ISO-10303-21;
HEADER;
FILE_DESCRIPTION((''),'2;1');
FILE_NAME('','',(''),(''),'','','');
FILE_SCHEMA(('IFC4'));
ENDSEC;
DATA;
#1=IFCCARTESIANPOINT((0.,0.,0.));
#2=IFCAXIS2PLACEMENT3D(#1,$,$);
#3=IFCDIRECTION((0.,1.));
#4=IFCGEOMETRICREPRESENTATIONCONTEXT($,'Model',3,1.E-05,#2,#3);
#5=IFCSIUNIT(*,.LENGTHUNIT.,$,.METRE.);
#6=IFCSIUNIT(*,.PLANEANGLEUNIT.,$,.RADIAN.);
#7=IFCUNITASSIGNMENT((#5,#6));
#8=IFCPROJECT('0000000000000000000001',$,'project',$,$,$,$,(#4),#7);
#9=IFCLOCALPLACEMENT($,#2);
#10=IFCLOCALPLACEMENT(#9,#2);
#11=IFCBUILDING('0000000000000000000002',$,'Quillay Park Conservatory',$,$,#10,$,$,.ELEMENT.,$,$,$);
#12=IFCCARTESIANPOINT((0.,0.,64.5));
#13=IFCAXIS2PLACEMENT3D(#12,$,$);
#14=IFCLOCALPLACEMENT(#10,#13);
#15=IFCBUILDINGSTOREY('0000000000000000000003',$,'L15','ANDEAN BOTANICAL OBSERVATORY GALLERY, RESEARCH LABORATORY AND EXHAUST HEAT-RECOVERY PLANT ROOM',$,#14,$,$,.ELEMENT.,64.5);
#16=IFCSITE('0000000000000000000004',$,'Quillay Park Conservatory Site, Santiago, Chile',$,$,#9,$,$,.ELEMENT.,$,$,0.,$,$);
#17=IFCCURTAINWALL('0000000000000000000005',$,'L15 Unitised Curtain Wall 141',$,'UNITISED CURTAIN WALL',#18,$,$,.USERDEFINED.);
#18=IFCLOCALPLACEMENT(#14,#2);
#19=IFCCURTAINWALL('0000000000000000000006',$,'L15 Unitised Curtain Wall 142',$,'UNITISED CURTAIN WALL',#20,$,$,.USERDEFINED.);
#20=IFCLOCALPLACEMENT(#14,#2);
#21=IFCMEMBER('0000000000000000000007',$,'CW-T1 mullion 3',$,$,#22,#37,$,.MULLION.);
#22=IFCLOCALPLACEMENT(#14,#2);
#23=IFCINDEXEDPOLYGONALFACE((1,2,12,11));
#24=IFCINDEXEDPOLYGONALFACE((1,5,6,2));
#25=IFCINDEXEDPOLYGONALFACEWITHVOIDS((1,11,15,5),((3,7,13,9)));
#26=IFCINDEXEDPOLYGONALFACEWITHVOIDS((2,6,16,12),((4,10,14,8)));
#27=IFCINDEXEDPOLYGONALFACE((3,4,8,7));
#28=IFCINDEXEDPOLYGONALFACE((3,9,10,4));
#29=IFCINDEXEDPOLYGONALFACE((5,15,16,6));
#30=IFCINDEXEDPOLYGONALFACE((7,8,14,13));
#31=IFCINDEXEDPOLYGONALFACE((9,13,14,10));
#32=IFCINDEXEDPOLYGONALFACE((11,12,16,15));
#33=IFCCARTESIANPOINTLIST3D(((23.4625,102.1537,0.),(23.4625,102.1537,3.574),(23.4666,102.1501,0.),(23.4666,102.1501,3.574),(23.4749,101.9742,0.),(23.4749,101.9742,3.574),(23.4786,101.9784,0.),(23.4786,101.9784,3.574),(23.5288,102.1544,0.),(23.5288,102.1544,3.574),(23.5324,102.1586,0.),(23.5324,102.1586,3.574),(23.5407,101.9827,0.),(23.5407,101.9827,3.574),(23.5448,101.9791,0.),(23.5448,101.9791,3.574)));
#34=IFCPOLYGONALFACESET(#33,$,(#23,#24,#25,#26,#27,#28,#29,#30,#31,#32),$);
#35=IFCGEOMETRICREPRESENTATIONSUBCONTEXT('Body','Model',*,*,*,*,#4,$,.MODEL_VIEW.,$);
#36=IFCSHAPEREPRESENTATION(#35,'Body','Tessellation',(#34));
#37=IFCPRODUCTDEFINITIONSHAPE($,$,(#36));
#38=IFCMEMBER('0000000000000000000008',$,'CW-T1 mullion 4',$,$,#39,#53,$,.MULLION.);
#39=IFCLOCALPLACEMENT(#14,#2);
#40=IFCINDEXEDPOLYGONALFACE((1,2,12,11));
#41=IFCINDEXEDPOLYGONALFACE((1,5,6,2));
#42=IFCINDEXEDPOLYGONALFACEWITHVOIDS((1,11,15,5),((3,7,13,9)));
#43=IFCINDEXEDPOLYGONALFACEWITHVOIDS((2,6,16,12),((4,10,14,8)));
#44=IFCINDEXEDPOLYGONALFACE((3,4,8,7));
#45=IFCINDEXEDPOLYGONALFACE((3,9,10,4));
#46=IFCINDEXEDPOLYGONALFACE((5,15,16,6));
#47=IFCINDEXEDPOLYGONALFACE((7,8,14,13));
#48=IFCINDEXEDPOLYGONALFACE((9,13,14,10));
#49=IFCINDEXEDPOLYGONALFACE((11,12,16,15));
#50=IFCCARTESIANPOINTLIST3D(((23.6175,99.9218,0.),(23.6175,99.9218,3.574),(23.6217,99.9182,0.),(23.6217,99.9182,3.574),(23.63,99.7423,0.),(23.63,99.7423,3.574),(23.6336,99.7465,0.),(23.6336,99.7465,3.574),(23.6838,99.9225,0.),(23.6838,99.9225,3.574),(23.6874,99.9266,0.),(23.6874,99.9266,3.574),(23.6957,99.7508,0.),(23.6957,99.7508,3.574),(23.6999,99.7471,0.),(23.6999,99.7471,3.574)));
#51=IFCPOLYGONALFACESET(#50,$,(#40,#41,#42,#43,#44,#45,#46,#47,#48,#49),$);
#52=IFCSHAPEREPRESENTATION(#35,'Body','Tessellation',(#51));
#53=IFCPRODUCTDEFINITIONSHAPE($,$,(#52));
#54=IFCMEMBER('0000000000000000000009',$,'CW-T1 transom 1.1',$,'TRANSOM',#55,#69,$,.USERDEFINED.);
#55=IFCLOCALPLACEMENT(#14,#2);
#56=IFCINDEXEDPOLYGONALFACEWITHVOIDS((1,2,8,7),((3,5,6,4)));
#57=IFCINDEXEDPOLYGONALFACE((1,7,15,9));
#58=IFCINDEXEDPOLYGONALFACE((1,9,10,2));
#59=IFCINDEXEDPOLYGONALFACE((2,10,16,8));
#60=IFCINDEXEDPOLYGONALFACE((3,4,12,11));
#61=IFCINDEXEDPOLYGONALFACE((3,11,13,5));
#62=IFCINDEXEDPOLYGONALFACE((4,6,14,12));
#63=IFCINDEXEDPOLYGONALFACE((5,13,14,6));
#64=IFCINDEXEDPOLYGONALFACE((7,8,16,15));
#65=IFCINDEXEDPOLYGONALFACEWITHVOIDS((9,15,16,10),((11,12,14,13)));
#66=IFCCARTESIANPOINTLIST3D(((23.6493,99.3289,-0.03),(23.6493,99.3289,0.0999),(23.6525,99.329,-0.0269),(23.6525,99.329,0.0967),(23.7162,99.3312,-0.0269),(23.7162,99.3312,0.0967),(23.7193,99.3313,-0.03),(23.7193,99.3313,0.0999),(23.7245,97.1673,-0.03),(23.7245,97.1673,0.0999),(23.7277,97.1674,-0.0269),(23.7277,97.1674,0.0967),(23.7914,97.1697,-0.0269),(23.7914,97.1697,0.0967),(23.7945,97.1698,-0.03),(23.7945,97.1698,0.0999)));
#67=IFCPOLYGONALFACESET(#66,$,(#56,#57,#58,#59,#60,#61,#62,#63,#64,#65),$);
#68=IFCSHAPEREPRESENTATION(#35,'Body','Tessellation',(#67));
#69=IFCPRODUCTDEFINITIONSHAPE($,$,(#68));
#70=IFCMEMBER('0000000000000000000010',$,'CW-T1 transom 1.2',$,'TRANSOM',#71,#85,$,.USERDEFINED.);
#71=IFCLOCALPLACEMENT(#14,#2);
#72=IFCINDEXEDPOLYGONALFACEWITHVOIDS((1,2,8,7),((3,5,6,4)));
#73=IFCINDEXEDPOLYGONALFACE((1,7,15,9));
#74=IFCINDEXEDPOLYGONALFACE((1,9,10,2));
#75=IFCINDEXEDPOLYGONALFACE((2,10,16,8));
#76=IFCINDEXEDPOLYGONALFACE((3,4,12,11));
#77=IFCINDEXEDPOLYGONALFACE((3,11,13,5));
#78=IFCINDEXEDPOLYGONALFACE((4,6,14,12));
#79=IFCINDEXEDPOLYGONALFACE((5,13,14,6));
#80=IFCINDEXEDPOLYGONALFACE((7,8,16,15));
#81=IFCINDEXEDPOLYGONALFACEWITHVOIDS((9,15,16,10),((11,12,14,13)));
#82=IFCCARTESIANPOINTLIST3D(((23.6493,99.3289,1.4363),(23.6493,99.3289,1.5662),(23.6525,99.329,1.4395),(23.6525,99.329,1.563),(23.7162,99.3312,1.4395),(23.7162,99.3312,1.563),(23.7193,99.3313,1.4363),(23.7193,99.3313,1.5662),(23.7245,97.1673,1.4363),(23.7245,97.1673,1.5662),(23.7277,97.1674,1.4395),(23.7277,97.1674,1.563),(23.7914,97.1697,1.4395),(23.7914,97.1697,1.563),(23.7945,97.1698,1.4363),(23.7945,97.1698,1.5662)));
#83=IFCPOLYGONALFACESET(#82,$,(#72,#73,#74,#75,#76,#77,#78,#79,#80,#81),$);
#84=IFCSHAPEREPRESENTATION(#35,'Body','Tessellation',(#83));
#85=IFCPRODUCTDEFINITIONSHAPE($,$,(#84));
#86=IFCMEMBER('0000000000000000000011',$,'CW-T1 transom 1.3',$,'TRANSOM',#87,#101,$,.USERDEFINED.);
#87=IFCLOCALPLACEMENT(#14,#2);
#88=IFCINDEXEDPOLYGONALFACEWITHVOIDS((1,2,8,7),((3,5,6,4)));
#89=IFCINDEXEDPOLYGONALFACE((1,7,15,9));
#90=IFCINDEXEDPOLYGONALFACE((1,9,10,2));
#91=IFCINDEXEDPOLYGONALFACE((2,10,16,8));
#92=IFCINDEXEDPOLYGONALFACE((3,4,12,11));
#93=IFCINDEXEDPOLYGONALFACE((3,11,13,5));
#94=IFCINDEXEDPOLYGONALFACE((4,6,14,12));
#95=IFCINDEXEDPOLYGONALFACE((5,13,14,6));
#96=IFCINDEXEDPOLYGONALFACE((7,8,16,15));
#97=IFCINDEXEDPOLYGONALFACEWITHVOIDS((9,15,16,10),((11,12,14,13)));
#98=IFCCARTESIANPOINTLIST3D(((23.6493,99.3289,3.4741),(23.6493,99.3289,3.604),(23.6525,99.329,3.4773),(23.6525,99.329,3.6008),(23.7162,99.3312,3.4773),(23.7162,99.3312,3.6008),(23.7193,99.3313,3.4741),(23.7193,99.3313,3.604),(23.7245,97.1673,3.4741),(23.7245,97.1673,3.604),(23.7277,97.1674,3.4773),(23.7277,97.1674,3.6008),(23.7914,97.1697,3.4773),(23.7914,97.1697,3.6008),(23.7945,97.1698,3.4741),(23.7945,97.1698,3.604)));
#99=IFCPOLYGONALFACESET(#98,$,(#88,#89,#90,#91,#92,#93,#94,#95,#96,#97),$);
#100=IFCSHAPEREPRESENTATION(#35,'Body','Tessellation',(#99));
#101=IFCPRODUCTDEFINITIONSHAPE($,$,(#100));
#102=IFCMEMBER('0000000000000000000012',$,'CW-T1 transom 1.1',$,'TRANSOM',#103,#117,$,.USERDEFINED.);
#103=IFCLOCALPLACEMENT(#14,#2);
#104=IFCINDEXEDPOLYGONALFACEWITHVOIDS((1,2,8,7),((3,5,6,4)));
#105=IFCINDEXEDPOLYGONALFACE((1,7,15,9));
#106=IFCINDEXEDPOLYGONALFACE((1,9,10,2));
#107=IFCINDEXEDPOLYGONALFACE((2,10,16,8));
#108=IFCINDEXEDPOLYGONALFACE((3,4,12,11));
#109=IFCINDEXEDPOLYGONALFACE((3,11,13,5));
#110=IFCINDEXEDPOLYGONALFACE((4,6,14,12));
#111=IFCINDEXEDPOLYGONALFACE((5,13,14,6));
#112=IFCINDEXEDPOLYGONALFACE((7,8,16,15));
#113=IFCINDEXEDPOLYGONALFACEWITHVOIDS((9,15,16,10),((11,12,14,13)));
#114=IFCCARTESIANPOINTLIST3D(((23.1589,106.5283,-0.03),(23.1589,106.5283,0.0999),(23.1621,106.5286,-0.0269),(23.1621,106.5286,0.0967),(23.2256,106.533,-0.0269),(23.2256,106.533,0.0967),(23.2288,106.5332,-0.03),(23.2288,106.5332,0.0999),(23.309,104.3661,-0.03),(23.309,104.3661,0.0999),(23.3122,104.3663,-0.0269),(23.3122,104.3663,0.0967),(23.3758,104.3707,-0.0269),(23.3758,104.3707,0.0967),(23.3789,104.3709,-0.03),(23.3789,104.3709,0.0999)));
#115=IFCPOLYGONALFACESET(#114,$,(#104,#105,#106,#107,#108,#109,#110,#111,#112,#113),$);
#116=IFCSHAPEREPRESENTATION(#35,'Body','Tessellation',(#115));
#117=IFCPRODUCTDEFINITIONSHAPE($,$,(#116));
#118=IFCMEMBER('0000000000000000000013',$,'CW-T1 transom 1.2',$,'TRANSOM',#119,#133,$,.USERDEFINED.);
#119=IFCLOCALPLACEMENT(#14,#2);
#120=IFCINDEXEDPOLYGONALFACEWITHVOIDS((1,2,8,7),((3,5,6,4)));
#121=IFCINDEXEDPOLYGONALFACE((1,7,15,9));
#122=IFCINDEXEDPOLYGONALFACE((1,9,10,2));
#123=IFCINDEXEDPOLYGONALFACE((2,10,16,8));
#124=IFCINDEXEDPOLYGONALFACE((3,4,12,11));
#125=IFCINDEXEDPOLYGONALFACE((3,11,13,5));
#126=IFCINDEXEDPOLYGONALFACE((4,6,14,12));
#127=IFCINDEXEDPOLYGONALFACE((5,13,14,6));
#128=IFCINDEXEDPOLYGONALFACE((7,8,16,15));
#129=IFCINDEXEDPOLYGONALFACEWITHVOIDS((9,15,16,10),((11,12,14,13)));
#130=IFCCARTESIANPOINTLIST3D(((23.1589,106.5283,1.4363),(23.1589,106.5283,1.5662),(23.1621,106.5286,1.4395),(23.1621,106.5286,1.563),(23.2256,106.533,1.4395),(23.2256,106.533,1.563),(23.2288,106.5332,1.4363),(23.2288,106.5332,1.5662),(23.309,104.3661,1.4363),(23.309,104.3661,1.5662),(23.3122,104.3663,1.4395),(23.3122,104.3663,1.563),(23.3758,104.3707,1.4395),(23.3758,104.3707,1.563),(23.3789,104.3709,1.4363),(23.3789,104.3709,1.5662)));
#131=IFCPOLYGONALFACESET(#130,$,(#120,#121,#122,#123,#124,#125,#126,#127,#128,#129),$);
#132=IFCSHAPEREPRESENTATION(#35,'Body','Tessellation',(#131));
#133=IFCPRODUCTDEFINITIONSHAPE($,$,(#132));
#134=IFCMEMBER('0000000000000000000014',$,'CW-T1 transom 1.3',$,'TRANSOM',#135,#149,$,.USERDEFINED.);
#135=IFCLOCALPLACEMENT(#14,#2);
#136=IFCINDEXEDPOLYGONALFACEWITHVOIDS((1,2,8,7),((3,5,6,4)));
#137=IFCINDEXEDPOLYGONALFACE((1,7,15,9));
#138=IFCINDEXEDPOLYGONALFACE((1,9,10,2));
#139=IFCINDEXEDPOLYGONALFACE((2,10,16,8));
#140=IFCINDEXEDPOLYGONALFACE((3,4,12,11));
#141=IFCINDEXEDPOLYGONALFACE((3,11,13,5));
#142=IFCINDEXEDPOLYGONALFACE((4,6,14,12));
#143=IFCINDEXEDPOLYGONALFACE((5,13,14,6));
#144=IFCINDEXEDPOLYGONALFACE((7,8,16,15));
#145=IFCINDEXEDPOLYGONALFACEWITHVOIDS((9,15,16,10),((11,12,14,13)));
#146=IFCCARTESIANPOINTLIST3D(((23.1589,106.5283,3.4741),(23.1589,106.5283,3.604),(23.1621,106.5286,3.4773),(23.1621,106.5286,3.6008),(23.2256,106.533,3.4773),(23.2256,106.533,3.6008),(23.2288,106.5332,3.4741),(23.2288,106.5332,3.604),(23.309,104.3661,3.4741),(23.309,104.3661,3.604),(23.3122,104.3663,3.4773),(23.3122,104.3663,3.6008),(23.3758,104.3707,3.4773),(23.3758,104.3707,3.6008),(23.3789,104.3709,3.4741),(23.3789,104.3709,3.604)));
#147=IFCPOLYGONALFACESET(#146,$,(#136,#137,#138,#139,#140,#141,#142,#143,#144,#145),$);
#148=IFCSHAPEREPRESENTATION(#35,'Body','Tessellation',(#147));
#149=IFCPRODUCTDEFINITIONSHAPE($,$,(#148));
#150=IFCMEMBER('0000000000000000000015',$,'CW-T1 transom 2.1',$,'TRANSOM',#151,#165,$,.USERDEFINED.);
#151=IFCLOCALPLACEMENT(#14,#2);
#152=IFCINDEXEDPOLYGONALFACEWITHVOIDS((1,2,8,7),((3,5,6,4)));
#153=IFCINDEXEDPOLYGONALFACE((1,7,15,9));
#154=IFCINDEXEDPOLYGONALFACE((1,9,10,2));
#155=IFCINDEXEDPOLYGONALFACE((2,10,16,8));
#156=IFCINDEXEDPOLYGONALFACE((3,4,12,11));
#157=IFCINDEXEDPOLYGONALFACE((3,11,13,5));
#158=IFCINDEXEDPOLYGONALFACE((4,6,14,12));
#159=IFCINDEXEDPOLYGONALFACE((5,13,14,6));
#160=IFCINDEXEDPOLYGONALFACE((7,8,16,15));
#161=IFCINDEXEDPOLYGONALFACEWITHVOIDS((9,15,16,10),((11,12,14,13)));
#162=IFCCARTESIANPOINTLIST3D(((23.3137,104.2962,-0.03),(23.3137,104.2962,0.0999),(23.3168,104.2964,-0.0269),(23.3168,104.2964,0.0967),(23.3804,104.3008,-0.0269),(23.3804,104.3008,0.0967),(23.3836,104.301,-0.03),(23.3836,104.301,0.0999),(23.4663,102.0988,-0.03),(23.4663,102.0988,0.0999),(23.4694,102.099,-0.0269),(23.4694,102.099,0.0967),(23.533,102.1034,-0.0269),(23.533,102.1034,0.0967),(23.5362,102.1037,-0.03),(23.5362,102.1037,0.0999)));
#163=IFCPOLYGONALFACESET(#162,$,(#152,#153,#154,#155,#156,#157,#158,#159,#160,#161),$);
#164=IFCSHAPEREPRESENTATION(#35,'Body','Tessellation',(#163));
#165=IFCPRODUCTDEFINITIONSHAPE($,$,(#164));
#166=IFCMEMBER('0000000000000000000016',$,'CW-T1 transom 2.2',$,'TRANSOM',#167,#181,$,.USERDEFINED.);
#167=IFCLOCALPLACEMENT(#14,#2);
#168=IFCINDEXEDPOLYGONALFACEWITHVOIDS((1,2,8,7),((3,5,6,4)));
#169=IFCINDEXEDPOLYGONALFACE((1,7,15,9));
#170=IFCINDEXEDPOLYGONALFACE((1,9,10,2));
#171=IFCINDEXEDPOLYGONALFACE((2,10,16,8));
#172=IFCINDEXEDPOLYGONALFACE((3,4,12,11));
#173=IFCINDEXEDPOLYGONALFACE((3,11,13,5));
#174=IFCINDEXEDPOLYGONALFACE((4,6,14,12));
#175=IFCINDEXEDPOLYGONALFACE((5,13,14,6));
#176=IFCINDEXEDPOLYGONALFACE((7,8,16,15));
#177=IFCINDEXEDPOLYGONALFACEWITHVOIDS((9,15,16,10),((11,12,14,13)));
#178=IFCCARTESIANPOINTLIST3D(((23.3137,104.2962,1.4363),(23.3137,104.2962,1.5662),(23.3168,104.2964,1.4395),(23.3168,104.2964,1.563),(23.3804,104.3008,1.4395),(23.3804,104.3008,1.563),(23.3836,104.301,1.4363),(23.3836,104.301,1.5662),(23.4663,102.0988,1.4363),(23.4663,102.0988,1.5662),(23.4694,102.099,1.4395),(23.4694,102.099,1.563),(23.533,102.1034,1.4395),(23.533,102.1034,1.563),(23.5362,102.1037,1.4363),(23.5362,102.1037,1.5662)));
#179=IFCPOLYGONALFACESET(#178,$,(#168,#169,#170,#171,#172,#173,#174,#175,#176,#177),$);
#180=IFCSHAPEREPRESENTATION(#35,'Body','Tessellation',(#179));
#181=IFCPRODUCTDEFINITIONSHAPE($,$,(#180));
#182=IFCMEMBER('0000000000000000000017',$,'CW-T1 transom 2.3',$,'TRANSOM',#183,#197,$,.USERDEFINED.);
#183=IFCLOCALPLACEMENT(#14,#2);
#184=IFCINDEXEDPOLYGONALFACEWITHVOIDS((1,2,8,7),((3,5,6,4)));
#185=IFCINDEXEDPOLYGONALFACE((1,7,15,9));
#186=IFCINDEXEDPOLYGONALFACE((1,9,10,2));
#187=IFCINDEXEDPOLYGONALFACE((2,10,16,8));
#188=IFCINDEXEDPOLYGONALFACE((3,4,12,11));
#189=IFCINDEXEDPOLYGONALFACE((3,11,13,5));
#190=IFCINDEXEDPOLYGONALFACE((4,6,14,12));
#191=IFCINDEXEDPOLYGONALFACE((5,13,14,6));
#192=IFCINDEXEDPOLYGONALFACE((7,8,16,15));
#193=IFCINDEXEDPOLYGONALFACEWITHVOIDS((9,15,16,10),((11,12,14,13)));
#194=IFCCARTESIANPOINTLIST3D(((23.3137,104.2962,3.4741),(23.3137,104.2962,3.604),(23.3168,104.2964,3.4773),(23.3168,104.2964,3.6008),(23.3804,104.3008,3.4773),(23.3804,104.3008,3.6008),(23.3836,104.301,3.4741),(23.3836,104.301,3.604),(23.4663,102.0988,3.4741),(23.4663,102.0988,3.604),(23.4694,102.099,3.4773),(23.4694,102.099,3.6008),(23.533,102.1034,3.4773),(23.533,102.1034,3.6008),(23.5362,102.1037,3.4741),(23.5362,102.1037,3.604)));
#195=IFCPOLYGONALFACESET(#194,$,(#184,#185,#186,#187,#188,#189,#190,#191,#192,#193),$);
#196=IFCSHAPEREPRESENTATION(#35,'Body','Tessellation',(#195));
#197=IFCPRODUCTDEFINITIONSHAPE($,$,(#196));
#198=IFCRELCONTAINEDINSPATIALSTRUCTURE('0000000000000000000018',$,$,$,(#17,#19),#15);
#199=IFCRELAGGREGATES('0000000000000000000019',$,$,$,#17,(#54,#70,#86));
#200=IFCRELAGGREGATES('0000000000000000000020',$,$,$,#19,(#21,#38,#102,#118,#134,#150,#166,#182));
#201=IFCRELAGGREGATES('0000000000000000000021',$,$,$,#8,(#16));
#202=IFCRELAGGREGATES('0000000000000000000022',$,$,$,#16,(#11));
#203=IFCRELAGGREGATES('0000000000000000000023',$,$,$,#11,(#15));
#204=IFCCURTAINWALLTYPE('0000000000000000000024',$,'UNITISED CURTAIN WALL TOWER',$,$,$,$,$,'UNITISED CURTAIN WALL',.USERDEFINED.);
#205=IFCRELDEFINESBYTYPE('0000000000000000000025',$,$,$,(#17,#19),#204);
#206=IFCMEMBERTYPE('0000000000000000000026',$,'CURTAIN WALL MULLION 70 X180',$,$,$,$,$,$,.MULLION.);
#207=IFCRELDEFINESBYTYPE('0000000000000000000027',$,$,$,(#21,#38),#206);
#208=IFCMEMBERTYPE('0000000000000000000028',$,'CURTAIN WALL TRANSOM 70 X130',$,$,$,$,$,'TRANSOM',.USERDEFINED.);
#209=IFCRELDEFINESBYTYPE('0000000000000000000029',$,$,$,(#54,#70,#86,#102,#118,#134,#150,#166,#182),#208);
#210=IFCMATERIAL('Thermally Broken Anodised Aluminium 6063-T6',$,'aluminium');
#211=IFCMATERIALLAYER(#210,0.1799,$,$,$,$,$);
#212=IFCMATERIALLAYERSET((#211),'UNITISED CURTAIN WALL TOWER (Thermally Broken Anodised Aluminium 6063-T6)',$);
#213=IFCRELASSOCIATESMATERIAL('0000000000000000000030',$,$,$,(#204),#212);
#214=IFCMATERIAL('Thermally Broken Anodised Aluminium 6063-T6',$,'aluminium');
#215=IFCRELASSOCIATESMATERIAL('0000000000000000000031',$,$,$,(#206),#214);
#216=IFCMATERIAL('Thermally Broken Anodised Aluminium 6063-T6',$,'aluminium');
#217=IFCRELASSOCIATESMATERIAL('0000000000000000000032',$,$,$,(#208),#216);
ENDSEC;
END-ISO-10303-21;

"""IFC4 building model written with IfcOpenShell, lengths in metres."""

from ifc_helpers import new_model, si_unit, direction, frame, origin, origin_2d, place, context, subcontext, project, spatial, hollow_rectangle, extrude, material, layer, layer_set, material_profile, profile_set, type_object, element, aggregate, save


model = new_model("IFC4")

# Units and contexts
model_context = context("Model", 3, precision=1e-05, world=origin(), true_north=direction((0.0, 1.0)))
body_context = subcontext(model_context, "Body", "Model", "MODEL_VIEW")
ifc_project = project(units=[si_unit("LENGTHUNIT", "METRE"), si_unit("PLANEANGLEUNIT", "RADIAN")], contexts=[model_context])

# Site, building, storey
site_placement = place(None, origin())
site = spatial("IfcSite", under=ifc_project, at=site_placement, Name="Quillay Park Conservatory Site, Santiago, Chile", CompositionType="ELEMENT", RefElevation=0.0)
building_placement = place(site_placement, origin())
building = spatial("IfcBuilding", under=site, at=building_placement, Name="Quillay Park Conservatory", CompositionType="ELEMENT")
storey_placement = place(building_placement, frame((0.0, 0.0, 64.5)))
storey = spatial("IfcBuildingStorey", under=building, at=storey_placement, Name="L15", Description="ANDEAN BOTANICAL OBSERVATORY GALLERY, RESEARCH LABORATORY AND EXHAUST HEAT-RECOVERY PLANT ROOM", CompositionType="ELEMENT", Elevation=64.5)

# Curtain wall
ifc_material_1 = material(Name="Thermally Broken Anodised Aluminium 6063-T6", Category="aluminium")
ifc_layer_1 = layer(ifc_material_1, 0.1799)
ifc_layer_set_1 = layer_set([ifc_layer_1], Name="UNITISED CURTAIN WALL TOWER (Thermally Broken Anodised Aluminium 6063-T6)")
curtain_wall_type = type_object("IfcCurtainWallType", Name="UNITISED CURTAIN WALL TOWER", ElementType="UNITISED CURTAIN WALL", PredefinedType="USERDEFINED", material=ifc_layer_set_1)
curtain_wall_1_placement = place(storey_placement, origin())
curtain_wall_1 = element("IfcCurtainWall", 1, at=curtain_wall_1_placement, inside=storey, type_object=curtain_wall_type, Name="L15 Unitised Curtain Wall 141", ObjectType="UNITISED CURTAIN WALL", PredefinedType="USERDEFINED")
ifc_material_2 = material(Name="Thermally Broken Anodised Aluminium 6063-T6", Category="aluminium")
ifc_material_profile_1 = material_profile(ifc_material_2, hollow_rectangle(XDim=0.0701, YDim=0.1799, WallThickness=0.0039, at=origin_2d()), Name="AL70x180x4")
ifc_profile_set_1 = profile_set([ifc_material_profile_1], Name="Thermally Broken Anodised Aluminium 6063-T6")
member_type_1 = type_object("IfcMemberType", Name="CURTAIN WALL MULLION 70 X180", PredefinedType="MULLION", material=ifc_profile_set_1)

# Curtain wall, members
curtain_wall_2_placement = place(storey_placement, origin())
curtain_wall_2 = element("IfcCurtainWall", 2, at=curtain_wall_2_placement, inside=storey, type_object=curtain_wall_type, Name="L15 Unitised Curtain Wall 142", ObjectType="UNITISED CURTAIN WALL", PredefinedType="USERDEFINED")
member_1_placement = place(storey_placement, frame((23.5037, 102.0664, 0.0), z_axis=(0.0, 0.0, 1.0), x_axis=(0.997598, 0.069264, 0.0)))
member_1 = element("IfcMember", 3, at=member_1_placement, type_object=member_type_1, Name="CW-T1 mullion 3", PredefinedType="MULLION", context=body_context, shape_type="SweptSolid", body=[
    extrude(hollow_rectangle(XDim=0.0701, YDim=0.1799, WallThickness=0.0039, at=origin_2d()), origin(), (0.0, 0.0, 1.0), 3.574),
])
member_2_placement = place(storey_placement, frame((23.6587, 99.8345, 0.0), z_axis=(0.0, 0.0, 1.0), x_axis=(0.997598, 0.069264, 0.0)))
member_2 = element("IfcMember", 4, at=member_2_placement, type_object=member_type_1, Name="CW-T1 mullion 4", PredefinedType="MULLION", context=body_context, shape_type="SweptSolid", body=[
    extrude(hollow_rectangle(XDim=0.0701, YDim=0.1799, WallThickness=0.0039, at=origin_2d()), origin(), (0.0, 0.0, 1.0), 3.574),
])

# Members
ifc_material_3 = material(Name="Thermally Broken Anodised Aluminium 6063-T6", Category="aluminium")
ifc_material_profile_2 = material_profile(ifc_material_3, hollow_rectangle(XDim=0.0701, YDim=0.1299, WallThickness=0.0032, at=origin_2d()), Name="AL70x130x3.2")
ifc_profile_set_2 = profile_set([ifc_material_profile_2], Name="Thermally Broken Anodised Aluminium 6063-T6")
member_type_2 = type_object("IfcMemberType", Name="CURTAIN WALL TRANSOM 70 X130", ElementType="TRANSOM", PredefinedType="USERDEFINED", material=ifc_profile_set_2)
member_3_placement = place(storey_placement, frame((23.6843, 99.3301, 0.0349), z_axis=(0.034766, -0.999395, 0.0), x_axis=(0.999395, 0.034766, 0.0)))
member_3 = element("IfcMember", 5, at=member_3_placement, type_object=member_type_2, Name="CW-T1 transom 1.1", ObjectType="TRANSOM", PredefinedType="USERDEFINED", context=body_context, shape_type="SweptSolid", body=[
    extrude(hollow_rectangle(XDim=0.0701, YDim=0.1299, WallThickness=0.0032, at=origin_2d()), origin(), (0.0, 0.0, 1.0), 2.1628),
])
member_4_placement = place(storey_placement, frame((23.6843, 99.3301, 1.5012), z_axis=(0.034766, -0.999395, 0.0), x_axis=(0.999395, 0.034766, 0.0)))
member_4 = element("IfcMember", 6, at=member_4_placement, type_object=member_type_2, Name="CW-T1 transom 1.2", ObjectType="TRANSOM", PredefinedType="USERDEFINED", context=body_context, shape_type="SweptSolid", body=[
    extrude(hollow_rectangle(XDim=0.0701, YDim=0.1299, WallThickness=0.0032, at=origin_2d()), origin(), (0.0, 0.0, 1.0), 2.1628),
])
member_5_placement = place(storey_placement, frame((23.6843, 99.3301, 3.5391), z_axis=(0.034766, -0.999395, 0.0), x_axis=(0.999395, 0.034766, 0.0)))
member_5 = element("IfcMember", 7, at=member_5_placement, type_object=member_type_2, Name="CW-T1 transom 1.3", ObjectType="TRANSOM", PredefinedType="USERDEFINED", context=body_context, shape_type="SweptSolid", body=[
    extrude(hollow_rectangle(XDim=0.0701, YDim=0.1299, WallThickness=0.0032, at=origin_2d()), origin(), (0.0, 0.0, 1.0), 2.1628),
])
aggregate(curtain_wall_1, [member_3, member_4, member_5])
member_6_placement = place(storey_placement, frame((23.1938, 106.5308, 0.0349), z_axis=(0.06927, -0.997598, 0.0), x_axis=(0.997598, 0.06927, 0.0)))
member_6 = element("IfcMember", 8, at=member_6_placement, type_object=member_type_2, Name="CW-T1 transom 1.1", ObjectType="TRANSOM", PredefinedType="USERDEFINED", context=body_context, shape_type="SweptSolid", body=[
    extrude(hollow_rectangle(XDim=0.0701, YDim=0.1299, WallThickness=0.0032, at=origin_2d()), origin(), (0.0, 0.0, 1.0), 2.1675),
])
member_7_placement = place(storey_placement, frame((23.1938, 106.5308, 1.5012), z_axis=(0.06927, -0.997598, 0.0), x_axis=(0.997598, 0.06927, 0.0)))
member_7 = element("IfcMember", 9, at=member_7_placement, type_object=member_type_2, Name="CW-T1 transom 1.2", ObjectType="TRANSOM", PredefinedType="USERDEFINED", context=body_context, shape_type="SweptSolid", body=[
    extrude(hollow_rectangle(XDim=0.0701, YDim=0.1299, WallThickness=0.0032, at=origin_2d()), origin(), (0.0, 0.0, 1.0), 2.1675),
])
member_8_placement = place(storey_placement, frame((23.1938, 106.5308, 3.5391), z_axis=(0.06927, -0.997598, 0.0), x_axis=(0.997598, 0.06927, 0.0)))
member_8 = element("IfcMember", 10, at=member_8_placement, type_object=member_type_2, Name="CW-T1 transom 1.3", ObjectType="TRANSOM", PredefinedType="USERDEFINED", context=body_context, shape_type="SweptSolid", body=[
    extrude(hollow_rectangle(XDim=0.0701, YDim=0.1299, WallThickness=0.0032, at=origin_2d()), origin(), (0.0, 0.0, 1.0), 2.1675),
])
member_9_placement = place(storey_placement, frame((23.3486, 104.2986, 0.0349), z_axis=(0.069278, -0.997597, 0.0), x_axis=(0.997597, 0.069278, 0.0)))
member_9 = element("IfcMember", 11, at=member_9_placement, type_object=member_type_2, Name="CW-T1 transom 2.1", ObjectType="TRANSOM", PredefinedType="USERDEFINED", context=body_context, shape_type="SweptSolid", body=[
    extrude(hollow_rectangle(XDim=0.0701, YDim=0.1299, WallThickness=0.0032, at=origin_2d()), origin(), (0.0, 0.0, 1.0), 2.2026),
])
member_10_placement = place(storey_placement, frame((23.3486, 104.2986, 1.5012), z_axis=(0.069278, -0.997597, 0.0), x_axis=(0.997597, 0.069278, 0.0)))
member_10 = element("IfcMember", 12, at=member_10_placement, type_object=member_type_2, Name="CW-T1 transom 2.2", ObjectType="TRANSOM", PredefinedType="USERDEFINED", context=body_context, shape_type="SweptSolid", body=[
    extrude(hollow_rectangle(XDim=0.0701, YDim=0.1299, WallThickness=0.0032, at=origin_2d()), origin(), (0.0, 0.0, 1.0), 2.2026),
])
member_11_placement = place(storey_placement, frame((23.3486, 104.2986, 3.5391), z_axis=(0.069278, -0.997597, 0.0), x_axis=(0.997597, 0.069278, 0.0)))
member_11 = element("IfcMember", 13, at=member_11_placement, type_object=member_type_2, Name="CW-T1 transom 2.3", ObjectType="TRANSOM", PredefinedType="USERDEFINED", context=body_context, shape_type="SweptSolid", body=[
    extrude(hollow_rectangle(XDim=0.0701, YDim=0.1299, WallThickness=0.0032, at=origin_2d()), origin(), (0.0, 0.0, 1.0), 2.2026),
])

aggregate(curtain_wall_2, [member_1, member_2, member_6, member_7, member_8, member_9, member_10, member_11])

save(model, "model.ifc")
